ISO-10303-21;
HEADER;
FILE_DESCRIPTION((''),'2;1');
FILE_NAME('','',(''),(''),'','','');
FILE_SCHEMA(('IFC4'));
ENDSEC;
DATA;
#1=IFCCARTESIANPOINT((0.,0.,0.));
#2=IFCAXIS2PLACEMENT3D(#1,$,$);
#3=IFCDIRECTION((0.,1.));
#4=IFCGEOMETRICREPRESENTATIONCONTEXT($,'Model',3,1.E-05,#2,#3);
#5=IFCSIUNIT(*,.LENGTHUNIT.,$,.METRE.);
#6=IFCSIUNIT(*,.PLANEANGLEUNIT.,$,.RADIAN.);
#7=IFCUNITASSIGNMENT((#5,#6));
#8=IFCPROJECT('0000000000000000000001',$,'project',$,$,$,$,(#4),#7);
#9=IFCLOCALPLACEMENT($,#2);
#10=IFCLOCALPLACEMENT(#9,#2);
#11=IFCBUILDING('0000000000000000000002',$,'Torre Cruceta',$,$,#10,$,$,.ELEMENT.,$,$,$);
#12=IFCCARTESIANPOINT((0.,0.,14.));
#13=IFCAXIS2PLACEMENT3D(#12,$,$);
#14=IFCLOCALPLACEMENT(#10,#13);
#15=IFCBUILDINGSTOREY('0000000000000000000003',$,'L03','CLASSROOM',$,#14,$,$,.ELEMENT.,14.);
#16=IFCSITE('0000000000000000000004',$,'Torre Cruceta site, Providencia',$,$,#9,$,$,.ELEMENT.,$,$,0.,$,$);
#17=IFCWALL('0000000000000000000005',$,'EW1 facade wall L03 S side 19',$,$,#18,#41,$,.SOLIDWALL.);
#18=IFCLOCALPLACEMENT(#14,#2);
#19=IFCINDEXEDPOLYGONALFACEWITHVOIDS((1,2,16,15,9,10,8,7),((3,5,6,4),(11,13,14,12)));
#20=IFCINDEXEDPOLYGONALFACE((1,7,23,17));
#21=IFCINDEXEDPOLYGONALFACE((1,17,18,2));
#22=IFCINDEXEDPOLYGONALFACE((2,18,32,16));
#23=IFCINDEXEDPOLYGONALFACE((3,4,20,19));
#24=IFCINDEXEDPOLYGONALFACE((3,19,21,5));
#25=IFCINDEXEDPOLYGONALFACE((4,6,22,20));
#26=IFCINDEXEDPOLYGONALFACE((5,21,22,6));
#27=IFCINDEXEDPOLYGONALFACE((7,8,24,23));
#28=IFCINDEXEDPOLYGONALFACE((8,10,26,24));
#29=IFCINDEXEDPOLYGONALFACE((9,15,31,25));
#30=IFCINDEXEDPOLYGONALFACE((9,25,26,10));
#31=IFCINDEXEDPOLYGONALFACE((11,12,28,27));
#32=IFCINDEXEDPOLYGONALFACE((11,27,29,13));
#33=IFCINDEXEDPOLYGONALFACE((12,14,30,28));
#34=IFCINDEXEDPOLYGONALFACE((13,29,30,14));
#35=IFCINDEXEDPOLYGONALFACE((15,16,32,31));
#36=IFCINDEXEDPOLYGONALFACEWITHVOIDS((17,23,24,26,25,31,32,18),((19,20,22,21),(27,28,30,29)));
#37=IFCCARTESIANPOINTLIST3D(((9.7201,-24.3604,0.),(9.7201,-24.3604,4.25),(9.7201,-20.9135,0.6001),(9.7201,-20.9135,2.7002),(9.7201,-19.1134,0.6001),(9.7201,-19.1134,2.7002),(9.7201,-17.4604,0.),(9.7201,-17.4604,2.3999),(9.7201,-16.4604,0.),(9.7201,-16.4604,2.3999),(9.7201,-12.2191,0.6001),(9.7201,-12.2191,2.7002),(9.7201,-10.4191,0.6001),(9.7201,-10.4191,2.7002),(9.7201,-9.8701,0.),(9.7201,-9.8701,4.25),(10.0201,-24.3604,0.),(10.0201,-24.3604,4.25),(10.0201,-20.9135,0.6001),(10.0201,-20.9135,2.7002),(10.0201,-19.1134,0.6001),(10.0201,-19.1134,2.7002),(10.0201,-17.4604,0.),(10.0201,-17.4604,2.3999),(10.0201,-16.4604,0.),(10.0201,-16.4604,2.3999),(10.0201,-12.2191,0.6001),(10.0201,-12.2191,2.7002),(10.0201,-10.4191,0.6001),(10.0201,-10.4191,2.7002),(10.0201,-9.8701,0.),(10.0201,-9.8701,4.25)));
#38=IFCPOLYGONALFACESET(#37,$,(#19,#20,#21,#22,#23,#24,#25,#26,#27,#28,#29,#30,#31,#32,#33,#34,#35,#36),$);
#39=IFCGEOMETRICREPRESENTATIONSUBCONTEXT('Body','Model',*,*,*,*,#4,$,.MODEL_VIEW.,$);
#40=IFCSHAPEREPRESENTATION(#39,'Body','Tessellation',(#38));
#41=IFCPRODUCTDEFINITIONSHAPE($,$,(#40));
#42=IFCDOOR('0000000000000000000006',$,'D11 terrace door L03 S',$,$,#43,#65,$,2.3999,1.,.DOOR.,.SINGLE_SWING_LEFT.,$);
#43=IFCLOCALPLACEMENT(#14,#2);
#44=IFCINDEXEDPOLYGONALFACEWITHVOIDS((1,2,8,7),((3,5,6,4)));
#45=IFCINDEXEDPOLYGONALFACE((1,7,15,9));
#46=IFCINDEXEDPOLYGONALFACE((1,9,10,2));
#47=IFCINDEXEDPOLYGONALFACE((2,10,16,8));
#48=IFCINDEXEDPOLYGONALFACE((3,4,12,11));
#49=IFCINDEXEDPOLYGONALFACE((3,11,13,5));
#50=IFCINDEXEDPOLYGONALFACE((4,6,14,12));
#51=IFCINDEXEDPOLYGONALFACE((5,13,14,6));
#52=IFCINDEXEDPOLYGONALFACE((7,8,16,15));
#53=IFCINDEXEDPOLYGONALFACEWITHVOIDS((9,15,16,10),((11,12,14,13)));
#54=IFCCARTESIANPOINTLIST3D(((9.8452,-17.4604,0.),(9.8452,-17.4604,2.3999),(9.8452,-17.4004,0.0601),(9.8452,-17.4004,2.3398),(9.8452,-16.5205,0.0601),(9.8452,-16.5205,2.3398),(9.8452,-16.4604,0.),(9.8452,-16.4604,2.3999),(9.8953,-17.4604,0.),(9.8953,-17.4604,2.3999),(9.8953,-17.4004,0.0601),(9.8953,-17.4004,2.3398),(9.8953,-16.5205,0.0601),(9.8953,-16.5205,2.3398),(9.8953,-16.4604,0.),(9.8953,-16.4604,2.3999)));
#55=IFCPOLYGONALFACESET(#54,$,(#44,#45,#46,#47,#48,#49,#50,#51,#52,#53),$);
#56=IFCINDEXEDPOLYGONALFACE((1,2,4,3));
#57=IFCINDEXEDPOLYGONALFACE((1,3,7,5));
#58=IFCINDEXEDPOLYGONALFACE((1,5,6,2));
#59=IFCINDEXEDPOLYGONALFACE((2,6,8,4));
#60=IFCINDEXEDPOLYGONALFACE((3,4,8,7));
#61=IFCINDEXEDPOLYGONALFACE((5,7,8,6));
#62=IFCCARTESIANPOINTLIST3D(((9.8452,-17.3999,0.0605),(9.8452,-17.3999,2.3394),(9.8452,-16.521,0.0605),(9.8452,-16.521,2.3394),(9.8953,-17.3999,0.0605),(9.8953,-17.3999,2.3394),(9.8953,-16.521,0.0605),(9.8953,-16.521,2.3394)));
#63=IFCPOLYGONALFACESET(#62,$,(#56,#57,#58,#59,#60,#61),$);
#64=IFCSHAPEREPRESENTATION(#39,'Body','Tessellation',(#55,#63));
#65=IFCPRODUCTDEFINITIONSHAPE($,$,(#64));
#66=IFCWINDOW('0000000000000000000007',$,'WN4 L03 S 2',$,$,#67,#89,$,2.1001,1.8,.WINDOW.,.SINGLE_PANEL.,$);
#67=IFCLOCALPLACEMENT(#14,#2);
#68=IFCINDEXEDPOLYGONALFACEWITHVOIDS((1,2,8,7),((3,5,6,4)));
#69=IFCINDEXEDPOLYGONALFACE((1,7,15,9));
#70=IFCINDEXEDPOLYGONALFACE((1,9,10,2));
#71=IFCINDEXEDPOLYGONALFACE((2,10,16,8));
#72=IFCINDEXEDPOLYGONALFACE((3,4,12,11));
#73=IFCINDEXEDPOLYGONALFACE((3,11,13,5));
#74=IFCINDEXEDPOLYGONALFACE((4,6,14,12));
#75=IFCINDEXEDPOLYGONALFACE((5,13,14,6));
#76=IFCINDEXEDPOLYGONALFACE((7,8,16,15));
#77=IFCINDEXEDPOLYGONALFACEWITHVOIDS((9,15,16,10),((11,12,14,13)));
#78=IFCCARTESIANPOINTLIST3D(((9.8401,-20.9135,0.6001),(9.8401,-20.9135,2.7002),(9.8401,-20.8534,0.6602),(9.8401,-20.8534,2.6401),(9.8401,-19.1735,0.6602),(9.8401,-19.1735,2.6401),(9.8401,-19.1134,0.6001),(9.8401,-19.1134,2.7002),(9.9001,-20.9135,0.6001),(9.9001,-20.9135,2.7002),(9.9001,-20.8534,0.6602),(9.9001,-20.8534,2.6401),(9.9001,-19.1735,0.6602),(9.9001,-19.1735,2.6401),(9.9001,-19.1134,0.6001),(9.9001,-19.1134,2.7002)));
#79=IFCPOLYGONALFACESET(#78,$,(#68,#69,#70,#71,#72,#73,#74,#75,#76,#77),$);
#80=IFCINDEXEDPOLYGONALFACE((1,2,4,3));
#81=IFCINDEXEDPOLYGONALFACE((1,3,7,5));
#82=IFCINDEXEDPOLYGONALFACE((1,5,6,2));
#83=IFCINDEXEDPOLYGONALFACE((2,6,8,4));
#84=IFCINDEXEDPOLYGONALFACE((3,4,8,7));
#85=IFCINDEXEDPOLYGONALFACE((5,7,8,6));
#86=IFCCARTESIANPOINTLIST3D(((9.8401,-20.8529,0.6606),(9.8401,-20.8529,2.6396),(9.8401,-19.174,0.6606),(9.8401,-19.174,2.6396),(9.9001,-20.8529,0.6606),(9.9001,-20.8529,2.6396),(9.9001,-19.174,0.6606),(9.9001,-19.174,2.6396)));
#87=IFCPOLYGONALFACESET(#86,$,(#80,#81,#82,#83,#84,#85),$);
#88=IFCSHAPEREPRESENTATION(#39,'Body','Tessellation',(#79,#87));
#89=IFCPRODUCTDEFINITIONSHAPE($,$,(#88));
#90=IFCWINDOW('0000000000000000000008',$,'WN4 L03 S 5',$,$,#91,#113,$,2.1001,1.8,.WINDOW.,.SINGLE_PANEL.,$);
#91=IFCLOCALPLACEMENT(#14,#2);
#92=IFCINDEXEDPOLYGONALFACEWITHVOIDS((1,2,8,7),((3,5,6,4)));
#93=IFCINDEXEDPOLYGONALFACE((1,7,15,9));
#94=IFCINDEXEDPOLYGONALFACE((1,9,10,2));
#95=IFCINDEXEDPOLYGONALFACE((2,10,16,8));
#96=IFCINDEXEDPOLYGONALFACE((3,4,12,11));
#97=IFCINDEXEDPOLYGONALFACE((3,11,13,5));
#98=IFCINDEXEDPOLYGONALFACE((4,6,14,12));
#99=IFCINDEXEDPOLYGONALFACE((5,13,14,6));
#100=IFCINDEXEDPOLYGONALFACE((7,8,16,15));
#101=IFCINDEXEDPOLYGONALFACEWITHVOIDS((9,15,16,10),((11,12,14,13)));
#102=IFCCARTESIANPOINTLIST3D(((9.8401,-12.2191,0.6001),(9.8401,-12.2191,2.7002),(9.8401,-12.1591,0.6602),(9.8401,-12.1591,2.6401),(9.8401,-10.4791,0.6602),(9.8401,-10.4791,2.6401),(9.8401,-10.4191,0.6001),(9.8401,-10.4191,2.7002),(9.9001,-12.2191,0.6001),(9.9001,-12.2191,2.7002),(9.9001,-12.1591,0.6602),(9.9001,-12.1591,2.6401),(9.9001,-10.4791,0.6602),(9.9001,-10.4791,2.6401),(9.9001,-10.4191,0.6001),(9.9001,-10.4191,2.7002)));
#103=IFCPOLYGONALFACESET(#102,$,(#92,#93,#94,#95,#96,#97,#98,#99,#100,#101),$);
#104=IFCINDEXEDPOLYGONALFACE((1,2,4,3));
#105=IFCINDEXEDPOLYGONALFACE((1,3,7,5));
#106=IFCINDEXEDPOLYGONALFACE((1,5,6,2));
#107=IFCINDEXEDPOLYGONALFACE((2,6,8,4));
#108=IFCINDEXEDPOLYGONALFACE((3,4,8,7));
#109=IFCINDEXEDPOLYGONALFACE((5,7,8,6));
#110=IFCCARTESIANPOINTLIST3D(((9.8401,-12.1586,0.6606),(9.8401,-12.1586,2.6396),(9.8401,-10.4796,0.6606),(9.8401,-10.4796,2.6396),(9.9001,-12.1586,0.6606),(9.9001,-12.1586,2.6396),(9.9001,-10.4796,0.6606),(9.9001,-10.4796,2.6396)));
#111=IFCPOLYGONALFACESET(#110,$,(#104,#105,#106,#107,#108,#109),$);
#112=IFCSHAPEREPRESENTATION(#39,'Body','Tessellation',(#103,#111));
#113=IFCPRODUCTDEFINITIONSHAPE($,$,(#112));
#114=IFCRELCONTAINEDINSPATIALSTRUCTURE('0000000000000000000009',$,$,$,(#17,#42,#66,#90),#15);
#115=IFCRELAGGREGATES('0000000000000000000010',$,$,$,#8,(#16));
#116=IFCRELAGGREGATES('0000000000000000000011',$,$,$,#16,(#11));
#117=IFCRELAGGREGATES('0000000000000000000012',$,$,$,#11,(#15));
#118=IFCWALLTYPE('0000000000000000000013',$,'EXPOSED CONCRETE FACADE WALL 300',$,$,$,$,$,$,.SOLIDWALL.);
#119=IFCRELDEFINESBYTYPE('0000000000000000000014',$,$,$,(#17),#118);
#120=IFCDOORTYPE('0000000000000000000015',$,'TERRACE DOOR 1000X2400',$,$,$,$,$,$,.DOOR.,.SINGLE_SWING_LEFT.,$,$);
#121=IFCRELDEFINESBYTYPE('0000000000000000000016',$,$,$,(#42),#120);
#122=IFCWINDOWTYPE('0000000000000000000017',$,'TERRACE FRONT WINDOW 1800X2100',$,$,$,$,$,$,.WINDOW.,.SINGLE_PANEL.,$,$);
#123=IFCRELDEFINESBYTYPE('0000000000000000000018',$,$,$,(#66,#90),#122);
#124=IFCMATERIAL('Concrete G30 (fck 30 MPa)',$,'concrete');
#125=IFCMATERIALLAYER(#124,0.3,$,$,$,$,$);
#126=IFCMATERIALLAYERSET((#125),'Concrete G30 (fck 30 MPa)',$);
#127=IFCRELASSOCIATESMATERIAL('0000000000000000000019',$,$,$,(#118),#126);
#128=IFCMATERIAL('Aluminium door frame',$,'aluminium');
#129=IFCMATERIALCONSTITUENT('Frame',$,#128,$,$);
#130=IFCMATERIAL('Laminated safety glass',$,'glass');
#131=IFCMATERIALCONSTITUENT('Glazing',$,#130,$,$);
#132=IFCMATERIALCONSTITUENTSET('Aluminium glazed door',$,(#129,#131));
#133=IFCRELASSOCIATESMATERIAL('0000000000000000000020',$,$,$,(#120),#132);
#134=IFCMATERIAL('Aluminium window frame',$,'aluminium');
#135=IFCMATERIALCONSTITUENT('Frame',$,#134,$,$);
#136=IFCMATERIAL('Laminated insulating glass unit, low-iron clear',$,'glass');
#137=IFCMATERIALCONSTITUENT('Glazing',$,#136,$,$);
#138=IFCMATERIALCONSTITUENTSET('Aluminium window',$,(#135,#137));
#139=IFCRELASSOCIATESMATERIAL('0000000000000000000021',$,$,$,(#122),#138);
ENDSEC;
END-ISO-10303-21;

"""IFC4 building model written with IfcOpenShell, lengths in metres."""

from ifc_helpers import new_model, si_unit, direction, frame, frame_2d, origin, place, context, subcontext, project, spatial, rectangle, hollow_rectangle, extrude, material, layer, layer_set, constituent, constituent_set, type_object, element, fill, save


model = new_model("IFC4")

# Units and contexts
model_context = context("Model", 3, precision=1e-05, world=origin(), true_north=direction((0.0, 1.0)))
body_context = subcontext(model_context, "Body", "Model", "MODEL_VIEW")
ifc_project = project(units=[si_unit("LENGTHUNIT", "METRE"), si_unit("PLANEANGLEUNIT", "RADIAN")], contexts=[model_context])

# Site, building, storey
site_placement = place(None, origin())
site = spatial("IfcSite", under=ifc_project, at=site_placement, Name="Torre Cruceta site, Providencia", CompositionType="ELEMENT", RefElevation=0.0)
building_placement = place(site_placement, origin())
building = spatial("IfcBuilding", under=site, at=building_placement, Name="Torre Cruceta", CompositionType="ELEMENT")
storey_placement = place(building_placement, frame((0.0, 0.0, 14.0)))
storey = spatial("IfcBuildingStorey", under=building, at=storey_placement, Name="L03", Description="CLASSROOM", CompositionType="ELEMENT", Elevation=14.0)

# Shared definitions
ifc_material_1 = material(Name="Concrete G30 (fck 30 MPa)", Category="concrete")
ifc_layer_1 = layer(ifc_material_1, 0.3)
ifc_layer_set_1 = layer_set([ifc_layer_1], Name="Concrete G30 (fck 30 MPa)")
wall_type_1 = type_object("IfcWallType", Name="EXPOSED CONCRETE FACADE WALL 300", PredefinedType="SOLIDWALL", material=ifc_layer_set_1)
ifc_material_2 = material(Name="Aluminium door frame", Category="aluminium")
ifc_constituent_1 = constituent(ifc_material_2, Name="Frame")
ifc_material_3 = material(Name="Laminated safety glass", Category="glass")
ifc_constituent_2 = constituent(ifc_material_3, Name="Glazing")
ifc_constituent_set_1 = constituent_set(constituents=[ifc_constituent_1, ifc_constituent_2], Name="Aluminium glazed door")
door_type_1 = type_object("IfcDoorType", Name="TERRACE DOOR 1000X2400", OperationType="SINGLE_SWING_LEFT", PredefinedType="DOOR", material=ifc_constituent_set_1)
ifc_material_4 = material(Name="Aluminium window frame", Category="aluminium")
ifc_constituent_3 = constituent(ifc_material_4, Name="Frame")
ifc_material_5 = material(Name="Laminated insulating glass unit, low-iron clear", Category="glass")
ifc_constituent_4 = constituent(ifc_material_5, Name="Glazing")
ifc_constituent_set_2 = constituent_set(constituents=[ifc_constituent_3, ifc_constituent_4], Name="Aluminium window")
window_type = type_object("IfcWindowType", Name="TERRACE FRONT WINDOW 1800X2100", PartitioningType="SINGLE_PANEL", PredefinedType="WINDOW", material=ifc_constituent_set_2)

# Wall, openings, door, windows
wall_1_placement = place(storey_placement, frame((9.8701, -24.3604, 0.0), z_axis=(0.0, 0.0, 1.0), x_axis=(0.0, 1.0, 0.0)))
wall_1 = element("IfcWall", 1, at=wall_1_placement, inside=storey, type_object=wall_type_1, Name="EW1 facade wall L03 S side 19", PredefinedType="SOLIDWALL", context=body_context, shape_type="SweptSolid", body=[
    extrude(rectangle(XDim=14.4902, YDim=0.3, at=frame_2d((7.2451, 0.0))), origin(), (0.0, 0.0, 1.0), 4.25),
])
opening_1_placement = place(wall_1_placement, frame((6.8999, 0.0, 0.0)))
opening_1 = element("IfcOpeningElement", 2, at=opening_1_placement, cuts=wall_1, PredefinedType="OPENING", context=body_context, shape_type="SweptSolid", body=[
    extrude(rectangle(XDim=1.0, YDim=2.3999, at=frame_2d((0.5, 1.2))), frame((0.0, 0.1599, 0.0), z_axis=(0.0, -1.0, 0.0), x_axis=(1.0, 0.0, 0.0)), (0.0, 0.0, 1.0), 0.3201),
])
opening_2_placement = place(wall_1_placement, frame((3.447, 0.0, 0.6001)))
opening_2 = element("IfcOpeningElement", 3, at=opening_2_placement, cuts=wall_1, PredefinedType="OPENING", context=body_context, shape_type="SweptSolid", body=[
    extrude(rectangle(XDim=1.8, YDim=2.1001, at=frame_2d((0.8999, 1.05))), frame((0.0, 0.1599, 0.0), z_axis=(0.0, -1.0, 0.0), x_axis=(1.0, 0.0, 0.0)), (0.0, 0.0, 1.0), 0.3201),
])
opening_3_placement = place(wall_1_placement, frame((12.1414, 0.0, 0.6001)))
opening_3 = element("IfcOpeningElement", 4, at=opening_3_placement, cuts=wall_1, PredefinedType="OPENING", context=body_context, shape_type="SweptSolid", body=[
    extrude(rectangle(XDim=1.8, YDim=2.1001, at=frame_2d((0.8999, 1.05))), frame((0.0, 0.1599, 0.0), z_axis=(0.0, -1.0, 0.0), x_axis=(1.0, 0.0, 0.0)), (0.0, 0.0, 1.0), 0.3201),
])
door_1_placement = place(opening_1_placement, origin())
door_1 = element("IfcDoor", 5, at=door_1_placement, inside=storey, type_object=door_type_1, Name="D11 terrace door L03 S", OperationType="SINGLE_SWING_LEFT", OverallHeight=2.3999, OverallWidth=1.0, PredefinedType="DOOR", context=body_context, shape_type="SweptSolid", body=[
    extrude(hollow_rectangle(XDim=1.0, YDim=2.3999, WallThickness=0.0601, at=frame_2d((0.5, 1.2))), frame((0.0, 0.0249, 0.0), z_axis=(0.0, -1.0, 0.0), x_axis=(1.0, 0.0, 0.0)), (0.0, 0.0, 1.0), 0.05),
    extrude(rectangle(XDim=0.8789, YDim=2.2788, at=frame_2d((0.5, 1.2))), frame((0.0, 0.0249, 0.0), z_axis=(0.0, -1.0, 0.0), x_axis=(1.0, 0.0, 0.0)), (0.0, 0.0, 1.0), 0.05),
])
fill(opening_1, door_1)
window_1_placement = place(opening_2_placement, origin())
window_1 = element("IfcWindow", 6, at=window_1_placement, inside=storey, type_object=window_type, Name="WN4 L03 S 2", OverallHeight=2.1001, OverallWidth=1.8, PartitioningType="SINGLE_PANEL", PredefinedType="WINDOW", context=body_context, shape_type="SweptSolid", body=[
    extrude(hollow_rectangle(XDim=1.8, YDim=2.1001, WallThickness=0.0601, at=frame_2d((0.8999, 1.05))), frame((0.0, 0.03, 0.0), z_axis=(0.0, -1.0, 0.0), x_axis=(1.0, 0.0, 0.0)), (0.0, 0.0, 1.0), 0.0601),
    extrude(rectangle(XDim=1.679, YDim=1.979, at=frame_2d((0.8999, 1.05))), frame((0.0, 0.03, 0.0), z_axis=(0.0, -1.0, 0.0), x_axis=(1.0, 0.0, 0.0)), (0.0, 0.0, 1.0), 0.0601),
])
fill(opening_2, window_1)
window_2_placement = place(opening_3_placement, origin())
window_2 = element("IfcWindow", 7, at=window_2_placement, inside=storey, type_object=window_type, Name="WN4 L03 S 5", OverallHeight=2.1001, OverallWidth=1.8, PartitioningType="SINGLE_PANEL", PredefinedType="WINDOW", context=body_context, shape_type="SweptSolid", body=[
    extrude(hollow_rectangle(XDim=1.8, YDim=2.1001, WallThickness=0.0601, at=frame_2d((0.8999, 1.05))), frame((0.0, 0.03, 0.0), z_axis=(0.0, -1.0, 0.0), x_axis=(1.0, 0.0, 0.0)), (0.0, 0.0, 1.0), 0.0601),
    extrude(rectangle(XDim=1.679, YDim=1.979, at=frame_2d((0.8999, 1.05))), frame((0.0, 0.03, 0.0), z_axis=(0.0, -1.0, 0.0), x_axis=(1.0, 0.0, 0.0)), (0.0, 0.0, 1.0), 0.0601),
])
fill(opening_3, window_2)

save(model, "model.ifc")
